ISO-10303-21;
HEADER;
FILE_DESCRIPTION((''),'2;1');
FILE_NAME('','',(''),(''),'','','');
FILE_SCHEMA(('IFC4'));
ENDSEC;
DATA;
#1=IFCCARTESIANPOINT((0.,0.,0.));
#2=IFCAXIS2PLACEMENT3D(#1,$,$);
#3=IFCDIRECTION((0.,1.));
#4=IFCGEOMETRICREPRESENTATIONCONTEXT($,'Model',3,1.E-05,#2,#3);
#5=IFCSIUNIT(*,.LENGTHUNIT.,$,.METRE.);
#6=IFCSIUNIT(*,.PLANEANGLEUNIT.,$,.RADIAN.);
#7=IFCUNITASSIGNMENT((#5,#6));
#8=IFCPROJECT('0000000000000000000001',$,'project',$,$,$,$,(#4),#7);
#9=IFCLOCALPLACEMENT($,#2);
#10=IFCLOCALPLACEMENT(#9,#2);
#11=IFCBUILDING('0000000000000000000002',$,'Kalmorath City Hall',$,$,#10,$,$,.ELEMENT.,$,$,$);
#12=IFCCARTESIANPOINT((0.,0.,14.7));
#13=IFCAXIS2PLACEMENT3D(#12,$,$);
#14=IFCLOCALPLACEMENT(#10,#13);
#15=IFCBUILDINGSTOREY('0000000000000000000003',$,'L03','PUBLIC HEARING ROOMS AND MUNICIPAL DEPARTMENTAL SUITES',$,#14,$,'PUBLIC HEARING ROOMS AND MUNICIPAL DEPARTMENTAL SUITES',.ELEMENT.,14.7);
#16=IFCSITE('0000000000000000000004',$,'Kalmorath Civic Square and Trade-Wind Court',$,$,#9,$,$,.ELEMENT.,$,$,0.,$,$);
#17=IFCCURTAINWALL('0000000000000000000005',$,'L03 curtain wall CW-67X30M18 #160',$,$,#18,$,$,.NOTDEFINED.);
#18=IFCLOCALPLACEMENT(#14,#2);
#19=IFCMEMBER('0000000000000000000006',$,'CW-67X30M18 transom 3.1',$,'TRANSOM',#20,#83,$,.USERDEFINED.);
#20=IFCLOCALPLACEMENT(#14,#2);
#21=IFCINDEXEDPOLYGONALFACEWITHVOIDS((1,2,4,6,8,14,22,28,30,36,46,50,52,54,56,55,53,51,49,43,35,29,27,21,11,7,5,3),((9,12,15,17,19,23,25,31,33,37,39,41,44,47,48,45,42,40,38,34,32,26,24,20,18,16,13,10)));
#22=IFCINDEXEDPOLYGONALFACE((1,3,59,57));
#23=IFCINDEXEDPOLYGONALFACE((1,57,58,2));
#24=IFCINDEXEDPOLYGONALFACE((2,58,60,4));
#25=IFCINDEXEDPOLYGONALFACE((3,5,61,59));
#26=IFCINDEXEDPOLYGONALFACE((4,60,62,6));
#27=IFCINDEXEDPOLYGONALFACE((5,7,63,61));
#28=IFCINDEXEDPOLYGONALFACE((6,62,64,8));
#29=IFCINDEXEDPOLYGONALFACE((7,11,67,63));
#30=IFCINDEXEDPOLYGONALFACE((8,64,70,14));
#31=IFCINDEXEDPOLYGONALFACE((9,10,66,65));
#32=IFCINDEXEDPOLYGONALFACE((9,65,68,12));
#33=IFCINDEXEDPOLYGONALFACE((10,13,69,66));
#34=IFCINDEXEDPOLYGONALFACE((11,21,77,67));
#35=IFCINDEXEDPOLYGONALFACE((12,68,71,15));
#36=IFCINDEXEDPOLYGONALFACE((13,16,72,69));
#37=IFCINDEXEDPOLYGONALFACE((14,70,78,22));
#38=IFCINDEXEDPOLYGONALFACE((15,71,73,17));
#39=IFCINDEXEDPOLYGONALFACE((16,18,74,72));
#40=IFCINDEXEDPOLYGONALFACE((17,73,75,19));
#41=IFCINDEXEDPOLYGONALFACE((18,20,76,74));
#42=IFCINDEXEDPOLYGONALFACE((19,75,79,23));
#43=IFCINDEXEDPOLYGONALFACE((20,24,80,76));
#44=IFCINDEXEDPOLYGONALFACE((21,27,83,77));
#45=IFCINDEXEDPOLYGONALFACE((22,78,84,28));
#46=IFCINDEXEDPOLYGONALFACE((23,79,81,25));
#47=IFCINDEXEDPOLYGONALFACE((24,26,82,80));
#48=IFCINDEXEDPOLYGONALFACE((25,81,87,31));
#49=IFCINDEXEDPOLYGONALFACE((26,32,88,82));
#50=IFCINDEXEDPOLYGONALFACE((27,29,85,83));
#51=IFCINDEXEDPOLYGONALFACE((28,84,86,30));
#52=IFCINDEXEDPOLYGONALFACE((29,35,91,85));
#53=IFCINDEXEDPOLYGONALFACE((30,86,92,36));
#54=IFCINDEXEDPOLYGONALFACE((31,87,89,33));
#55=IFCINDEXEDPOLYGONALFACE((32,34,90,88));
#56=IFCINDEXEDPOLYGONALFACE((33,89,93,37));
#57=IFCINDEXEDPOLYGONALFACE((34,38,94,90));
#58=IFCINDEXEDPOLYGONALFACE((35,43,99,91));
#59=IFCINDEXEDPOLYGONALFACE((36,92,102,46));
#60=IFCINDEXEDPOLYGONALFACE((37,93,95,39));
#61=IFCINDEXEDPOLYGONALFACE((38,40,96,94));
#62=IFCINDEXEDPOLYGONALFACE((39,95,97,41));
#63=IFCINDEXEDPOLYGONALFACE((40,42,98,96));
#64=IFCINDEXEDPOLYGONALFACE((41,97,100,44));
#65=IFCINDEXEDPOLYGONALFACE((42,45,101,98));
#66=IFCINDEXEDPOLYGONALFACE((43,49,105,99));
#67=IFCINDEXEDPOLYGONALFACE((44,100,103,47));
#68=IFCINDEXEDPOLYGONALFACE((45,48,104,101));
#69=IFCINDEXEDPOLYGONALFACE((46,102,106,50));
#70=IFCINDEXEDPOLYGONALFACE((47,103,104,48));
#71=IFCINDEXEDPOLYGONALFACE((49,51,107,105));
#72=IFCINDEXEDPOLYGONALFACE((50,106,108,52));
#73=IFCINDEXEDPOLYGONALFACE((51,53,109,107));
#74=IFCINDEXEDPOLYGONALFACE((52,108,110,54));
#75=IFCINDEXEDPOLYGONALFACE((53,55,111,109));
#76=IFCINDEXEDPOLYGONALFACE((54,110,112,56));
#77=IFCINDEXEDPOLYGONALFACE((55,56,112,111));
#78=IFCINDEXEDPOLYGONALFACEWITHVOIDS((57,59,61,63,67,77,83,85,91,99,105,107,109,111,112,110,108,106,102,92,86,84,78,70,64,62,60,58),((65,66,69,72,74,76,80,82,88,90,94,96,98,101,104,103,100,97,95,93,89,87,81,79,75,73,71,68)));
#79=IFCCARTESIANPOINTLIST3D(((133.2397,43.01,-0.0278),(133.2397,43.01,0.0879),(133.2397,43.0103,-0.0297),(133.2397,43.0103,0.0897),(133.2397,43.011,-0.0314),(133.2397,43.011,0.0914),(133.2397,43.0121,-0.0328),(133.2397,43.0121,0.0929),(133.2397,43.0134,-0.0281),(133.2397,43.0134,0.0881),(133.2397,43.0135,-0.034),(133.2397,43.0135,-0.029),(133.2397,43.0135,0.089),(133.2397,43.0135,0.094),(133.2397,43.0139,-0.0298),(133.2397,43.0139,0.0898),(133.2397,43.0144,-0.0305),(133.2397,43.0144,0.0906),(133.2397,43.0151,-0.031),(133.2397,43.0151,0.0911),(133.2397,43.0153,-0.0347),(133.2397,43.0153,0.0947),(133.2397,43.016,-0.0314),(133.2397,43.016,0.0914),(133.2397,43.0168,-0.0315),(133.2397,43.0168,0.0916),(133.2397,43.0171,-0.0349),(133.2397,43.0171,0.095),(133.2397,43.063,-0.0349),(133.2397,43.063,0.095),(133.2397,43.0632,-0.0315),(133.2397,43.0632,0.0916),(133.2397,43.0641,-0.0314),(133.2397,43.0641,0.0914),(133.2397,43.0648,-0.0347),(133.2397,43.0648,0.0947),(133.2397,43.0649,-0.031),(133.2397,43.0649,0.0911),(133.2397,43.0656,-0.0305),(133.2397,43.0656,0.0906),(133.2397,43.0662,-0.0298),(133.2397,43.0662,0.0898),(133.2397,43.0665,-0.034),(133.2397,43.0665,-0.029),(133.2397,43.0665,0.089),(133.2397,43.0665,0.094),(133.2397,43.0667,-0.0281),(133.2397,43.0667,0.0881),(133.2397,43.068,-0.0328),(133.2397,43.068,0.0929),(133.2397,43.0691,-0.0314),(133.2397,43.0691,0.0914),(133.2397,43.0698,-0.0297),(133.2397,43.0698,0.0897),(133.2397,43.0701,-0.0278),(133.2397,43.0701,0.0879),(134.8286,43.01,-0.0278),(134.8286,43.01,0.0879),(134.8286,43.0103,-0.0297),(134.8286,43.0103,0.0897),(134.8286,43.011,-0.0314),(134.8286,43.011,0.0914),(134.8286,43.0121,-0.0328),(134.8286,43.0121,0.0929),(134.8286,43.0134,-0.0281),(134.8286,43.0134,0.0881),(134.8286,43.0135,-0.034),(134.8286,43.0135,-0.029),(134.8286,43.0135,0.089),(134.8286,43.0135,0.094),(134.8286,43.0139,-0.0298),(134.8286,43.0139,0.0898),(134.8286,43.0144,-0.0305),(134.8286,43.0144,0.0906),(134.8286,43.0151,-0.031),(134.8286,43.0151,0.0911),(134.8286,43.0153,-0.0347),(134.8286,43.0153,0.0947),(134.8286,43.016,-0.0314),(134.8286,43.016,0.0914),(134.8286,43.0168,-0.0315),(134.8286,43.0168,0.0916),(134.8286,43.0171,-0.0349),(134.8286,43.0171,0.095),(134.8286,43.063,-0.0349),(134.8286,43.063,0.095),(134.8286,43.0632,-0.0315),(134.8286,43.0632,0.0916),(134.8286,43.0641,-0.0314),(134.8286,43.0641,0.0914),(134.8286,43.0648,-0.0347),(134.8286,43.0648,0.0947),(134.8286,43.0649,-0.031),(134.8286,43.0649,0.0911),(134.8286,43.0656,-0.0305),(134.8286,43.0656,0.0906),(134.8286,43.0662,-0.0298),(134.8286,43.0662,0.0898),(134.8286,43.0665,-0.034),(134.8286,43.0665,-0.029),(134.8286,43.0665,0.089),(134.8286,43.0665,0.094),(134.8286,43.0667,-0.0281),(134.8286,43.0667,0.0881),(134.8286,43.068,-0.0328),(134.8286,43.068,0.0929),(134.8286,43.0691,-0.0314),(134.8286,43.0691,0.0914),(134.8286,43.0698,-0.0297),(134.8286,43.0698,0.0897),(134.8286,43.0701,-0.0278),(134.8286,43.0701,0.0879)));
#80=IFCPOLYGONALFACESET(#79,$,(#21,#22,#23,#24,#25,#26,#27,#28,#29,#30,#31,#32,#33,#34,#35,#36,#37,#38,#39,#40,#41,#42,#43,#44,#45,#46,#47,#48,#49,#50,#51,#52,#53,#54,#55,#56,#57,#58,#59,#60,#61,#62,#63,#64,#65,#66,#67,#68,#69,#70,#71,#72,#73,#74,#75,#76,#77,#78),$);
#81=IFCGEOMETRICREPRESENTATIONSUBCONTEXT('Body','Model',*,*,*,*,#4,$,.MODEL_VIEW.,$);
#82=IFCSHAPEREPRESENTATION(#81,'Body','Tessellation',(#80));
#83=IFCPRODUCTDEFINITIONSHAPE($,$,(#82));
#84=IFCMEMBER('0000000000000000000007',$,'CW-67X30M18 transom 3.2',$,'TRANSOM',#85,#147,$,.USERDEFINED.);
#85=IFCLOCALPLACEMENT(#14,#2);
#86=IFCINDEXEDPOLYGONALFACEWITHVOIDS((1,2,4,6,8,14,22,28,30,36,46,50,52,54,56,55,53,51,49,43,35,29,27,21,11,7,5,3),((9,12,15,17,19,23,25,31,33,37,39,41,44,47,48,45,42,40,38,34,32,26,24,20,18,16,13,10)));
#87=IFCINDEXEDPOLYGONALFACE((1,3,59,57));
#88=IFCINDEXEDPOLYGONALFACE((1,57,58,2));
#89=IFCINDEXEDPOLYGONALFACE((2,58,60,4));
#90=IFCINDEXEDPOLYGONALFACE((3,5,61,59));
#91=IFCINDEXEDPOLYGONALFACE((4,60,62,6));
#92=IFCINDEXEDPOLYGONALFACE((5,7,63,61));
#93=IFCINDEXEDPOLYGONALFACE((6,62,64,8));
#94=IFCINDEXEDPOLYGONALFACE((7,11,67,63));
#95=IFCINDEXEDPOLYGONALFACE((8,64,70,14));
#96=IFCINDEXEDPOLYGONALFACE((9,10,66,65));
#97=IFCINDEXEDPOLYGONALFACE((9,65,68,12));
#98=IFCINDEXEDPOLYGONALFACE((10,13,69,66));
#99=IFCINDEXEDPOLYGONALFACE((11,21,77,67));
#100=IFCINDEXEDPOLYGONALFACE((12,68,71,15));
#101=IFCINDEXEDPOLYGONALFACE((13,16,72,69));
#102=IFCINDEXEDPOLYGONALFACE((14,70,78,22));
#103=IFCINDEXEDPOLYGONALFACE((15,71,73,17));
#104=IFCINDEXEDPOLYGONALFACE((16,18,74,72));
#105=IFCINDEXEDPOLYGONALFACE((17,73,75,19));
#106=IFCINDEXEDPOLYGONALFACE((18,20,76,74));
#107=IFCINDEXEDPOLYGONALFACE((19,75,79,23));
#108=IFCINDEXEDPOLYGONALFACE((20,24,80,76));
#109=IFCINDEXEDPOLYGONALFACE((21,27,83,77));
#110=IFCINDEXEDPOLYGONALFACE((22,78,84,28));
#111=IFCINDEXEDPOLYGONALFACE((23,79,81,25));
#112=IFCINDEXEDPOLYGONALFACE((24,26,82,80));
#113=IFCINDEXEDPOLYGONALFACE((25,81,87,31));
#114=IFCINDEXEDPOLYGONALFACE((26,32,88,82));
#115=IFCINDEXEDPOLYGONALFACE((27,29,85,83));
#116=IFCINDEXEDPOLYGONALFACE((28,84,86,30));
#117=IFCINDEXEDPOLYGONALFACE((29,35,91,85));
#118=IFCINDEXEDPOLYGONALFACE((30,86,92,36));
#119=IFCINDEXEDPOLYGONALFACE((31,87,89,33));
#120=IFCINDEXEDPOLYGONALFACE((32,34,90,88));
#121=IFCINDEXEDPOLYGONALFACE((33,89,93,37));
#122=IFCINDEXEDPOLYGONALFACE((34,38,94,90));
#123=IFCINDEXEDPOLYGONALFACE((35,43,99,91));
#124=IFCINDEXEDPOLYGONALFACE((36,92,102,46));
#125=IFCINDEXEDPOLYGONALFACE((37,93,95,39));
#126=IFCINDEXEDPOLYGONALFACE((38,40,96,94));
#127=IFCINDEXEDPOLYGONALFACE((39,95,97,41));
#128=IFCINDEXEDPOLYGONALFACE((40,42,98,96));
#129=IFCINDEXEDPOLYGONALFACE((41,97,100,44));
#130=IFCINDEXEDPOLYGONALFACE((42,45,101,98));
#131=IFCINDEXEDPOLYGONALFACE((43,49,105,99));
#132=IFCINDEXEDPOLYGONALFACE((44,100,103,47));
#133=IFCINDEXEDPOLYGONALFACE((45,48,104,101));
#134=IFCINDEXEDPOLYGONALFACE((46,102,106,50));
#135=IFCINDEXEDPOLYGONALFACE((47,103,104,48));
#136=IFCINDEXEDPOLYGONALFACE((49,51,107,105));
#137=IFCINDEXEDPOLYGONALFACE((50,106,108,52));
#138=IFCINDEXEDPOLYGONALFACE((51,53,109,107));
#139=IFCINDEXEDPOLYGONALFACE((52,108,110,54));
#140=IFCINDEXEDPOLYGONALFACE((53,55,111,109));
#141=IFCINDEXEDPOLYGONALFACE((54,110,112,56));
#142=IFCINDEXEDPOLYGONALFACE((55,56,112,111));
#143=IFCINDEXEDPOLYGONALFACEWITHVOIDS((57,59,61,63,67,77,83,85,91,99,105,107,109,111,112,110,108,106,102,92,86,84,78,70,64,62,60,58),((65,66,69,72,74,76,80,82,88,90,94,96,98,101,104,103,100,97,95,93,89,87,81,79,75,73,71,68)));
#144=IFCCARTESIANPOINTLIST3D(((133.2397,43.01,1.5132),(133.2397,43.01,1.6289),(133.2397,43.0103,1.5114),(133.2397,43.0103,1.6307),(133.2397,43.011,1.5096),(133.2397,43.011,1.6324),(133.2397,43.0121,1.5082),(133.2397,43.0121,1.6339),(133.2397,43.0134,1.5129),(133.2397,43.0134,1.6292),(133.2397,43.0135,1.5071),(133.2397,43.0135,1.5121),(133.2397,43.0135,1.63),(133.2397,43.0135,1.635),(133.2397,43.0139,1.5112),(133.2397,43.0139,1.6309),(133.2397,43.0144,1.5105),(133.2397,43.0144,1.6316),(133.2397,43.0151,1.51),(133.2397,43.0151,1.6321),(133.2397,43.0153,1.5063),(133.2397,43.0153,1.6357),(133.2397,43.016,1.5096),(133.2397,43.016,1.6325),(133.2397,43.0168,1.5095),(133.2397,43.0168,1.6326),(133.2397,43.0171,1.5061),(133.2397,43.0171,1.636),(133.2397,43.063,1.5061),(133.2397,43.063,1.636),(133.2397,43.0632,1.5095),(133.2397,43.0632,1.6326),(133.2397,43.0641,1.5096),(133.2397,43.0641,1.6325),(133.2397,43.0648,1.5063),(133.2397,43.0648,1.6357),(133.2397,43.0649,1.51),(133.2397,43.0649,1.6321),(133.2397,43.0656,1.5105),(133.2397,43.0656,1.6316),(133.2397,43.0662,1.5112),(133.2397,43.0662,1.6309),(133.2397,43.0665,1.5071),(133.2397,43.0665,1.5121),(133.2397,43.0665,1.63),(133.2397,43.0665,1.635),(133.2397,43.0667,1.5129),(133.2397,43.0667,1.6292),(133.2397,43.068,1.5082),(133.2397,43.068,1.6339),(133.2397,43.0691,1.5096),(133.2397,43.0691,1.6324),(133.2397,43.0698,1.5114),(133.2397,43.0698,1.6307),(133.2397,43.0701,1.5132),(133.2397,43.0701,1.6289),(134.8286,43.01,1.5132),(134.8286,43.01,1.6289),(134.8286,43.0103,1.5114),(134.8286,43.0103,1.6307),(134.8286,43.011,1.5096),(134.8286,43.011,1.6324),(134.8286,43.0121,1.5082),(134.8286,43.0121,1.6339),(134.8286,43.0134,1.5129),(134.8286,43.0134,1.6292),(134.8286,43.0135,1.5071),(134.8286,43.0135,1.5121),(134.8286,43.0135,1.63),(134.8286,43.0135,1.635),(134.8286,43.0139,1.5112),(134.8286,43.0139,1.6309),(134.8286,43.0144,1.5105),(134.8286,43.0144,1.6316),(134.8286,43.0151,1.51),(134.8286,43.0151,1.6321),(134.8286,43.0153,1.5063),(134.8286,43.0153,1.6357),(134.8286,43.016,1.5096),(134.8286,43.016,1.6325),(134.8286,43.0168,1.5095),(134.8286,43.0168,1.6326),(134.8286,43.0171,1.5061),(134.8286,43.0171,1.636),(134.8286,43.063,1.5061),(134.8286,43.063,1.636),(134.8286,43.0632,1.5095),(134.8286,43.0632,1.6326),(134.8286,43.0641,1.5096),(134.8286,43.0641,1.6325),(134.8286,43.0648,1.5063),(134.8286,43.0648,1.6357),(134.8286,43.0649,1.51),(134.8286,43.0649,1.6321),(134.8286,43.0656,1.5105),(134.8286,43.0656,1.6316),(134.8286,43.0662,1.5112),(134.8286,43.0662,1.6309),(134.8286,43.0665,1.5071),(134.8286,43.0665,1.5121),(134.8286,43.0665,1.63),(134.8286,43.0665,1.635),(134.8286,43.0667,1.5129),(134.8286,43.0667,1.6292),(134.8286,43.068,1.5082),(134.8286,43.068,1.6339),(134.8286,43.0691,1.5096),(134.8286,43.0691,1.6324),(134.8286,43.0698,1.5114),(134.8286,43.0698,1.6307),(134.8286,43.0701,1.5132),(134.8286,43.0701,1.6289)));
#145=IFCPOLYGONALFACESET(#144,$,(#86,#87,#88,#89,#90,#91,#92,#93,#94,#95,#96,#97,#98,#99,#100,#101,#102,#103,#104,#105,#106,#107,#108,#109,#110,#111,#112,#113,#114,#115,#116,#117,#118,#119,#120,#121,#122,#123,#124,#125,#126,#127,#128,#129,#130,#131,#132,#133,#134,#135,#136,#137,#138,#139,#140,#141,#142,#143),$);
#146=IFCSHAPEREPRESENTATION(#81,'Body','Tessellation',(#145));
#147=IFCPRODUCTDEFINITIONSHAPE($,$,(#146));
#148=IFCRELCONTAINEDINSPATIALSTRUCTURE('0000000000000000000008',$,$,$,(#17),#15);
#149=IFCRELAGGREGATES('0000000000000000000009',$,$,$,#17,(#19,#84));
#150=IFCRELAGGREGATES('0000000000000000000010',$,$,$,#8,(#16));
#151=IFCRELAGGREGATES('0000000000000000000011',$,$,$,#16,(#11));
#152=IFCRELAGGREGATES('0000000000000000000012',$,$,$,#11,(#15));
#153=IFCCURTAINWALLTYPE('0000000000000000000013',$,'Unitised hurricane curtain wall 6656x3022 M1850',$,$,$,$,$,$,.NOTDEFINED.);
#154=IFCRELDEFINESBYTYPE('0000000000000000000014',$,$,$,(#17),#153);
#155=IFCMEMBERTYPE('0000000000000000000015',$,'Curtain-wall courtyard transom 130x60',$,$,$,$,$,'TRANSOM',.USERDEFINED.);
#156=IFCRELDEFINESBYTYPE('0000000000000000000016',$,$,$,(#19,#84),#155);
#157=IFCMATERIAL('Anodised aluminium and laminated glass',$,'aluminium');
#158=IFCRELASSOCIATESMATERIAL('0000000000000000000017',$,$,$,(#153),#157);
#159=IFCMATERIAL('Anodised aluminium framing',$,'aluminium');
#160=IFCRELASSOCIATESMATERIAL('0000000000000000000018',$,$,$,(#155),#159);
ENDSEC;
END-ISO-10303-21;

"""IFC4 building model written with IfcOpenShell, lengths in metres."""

from ifc_helpers import new_model, si_unit, direction, frame, origin, origin_2d, place, context, subcontext, project, spatial, hollow_rectangle, extrude, material, material_profile, profile_set, type_object, element, aggregate, save


model = new_model("IFC4")

# Units and contexts
model_context = context("Model", 3, precision=1e-05, world=origin(), true_north=direction((0.0, 1.0)))
body_context = subcontext(model_context, "Body", "Model", "MODEL_VIEW")
ifc_project = project(units=[si_unit("LENGTHUNIT", "METRE"), si_unit("PLANEANGLEUNIT", "RADIAN")], contexts=[model_context])

# Site, building, storey
site_placement = place(None, origin())
site = spatial("IfcSite", under=ifc_project, at=site_placement, Name="Kalmorath Civic Square and Trade-Wind Court", CompositionType="ELEMENT", RefElevation=0.0)
building_placement = place(site_placement, origin())
building = spatial("IfcBuilding", under=site, at=building_placement, Name="Kalmorath City Hall", CompositionType="ELEMENT")
storey_placement = place(building_placement, frame((0.0, 0.0, 14.7)))
storey = spatial("IfcBuildingStorey", under=building, at=storey_placement, Name="L03", Description="PUBLIC HEARING ROOMS AND MUNICIPAL DEPARTMENTAL SUITES", LongName="PUBLIC HEARING ROOMS AND MUNICIPAL DEPARTMENTAL SUITES", CompositionType="ELEMENT", Elevation=14.7)

# Curtain wall, members
ifc_material_1 = material(Name="Anodised aluminium and laminated glass", Category="aluminium")
curtain_wall_type = type_object("IfcCurtainWallType", Name="Unitised hurricane curtain wall 6656x3022 M1850", PredefinedType="NOTDEFINED", material=ifc_material_1)
curtain_wall_placement = place(storey_placement, origin())
curtain_wall = element("IfcCurtainWall", 1, at=curtain_wall_placement, inside=storey, type_object=curtain_wall_type, Name="L03 curtain wall CW-67X30M18 #160", PredefinedType="NOTDEFINED")
ifc_material_2 = material(Name="Anodised aluminium framing", Category="aluminium")
ifc_material_profile_1 = material_profile(ifc_material_2, hollow_rectangle(XDim=0.0601, YDim=0.1299, WallThickness=0.0034, InnerFilletRadius=0.0034, OuterFilletRadius=0.0071, at=origin_2d()), Name="ALU-TRN-130X60X3.5")
ifc_profile_set_1 = profile_set([ifc_material_profile_1], Name="Anodised aluminium framing")
member_type_1 = type_object("IfcMemberType", Name="Curtain-wall courtyard transom 130x60", ElementType="TRANSOM", PredefinedType="USERDEFINED", material=ifc_profile_set_1)
member_1_placement = place(storey_placement, frame((133.2397, 43.04, 0.03), z_axis=(1.0, 0.0, 0.0), x_axis=(0.0, 1.0, 0.0)))
member_1 = element("IfcMember", 2, at=member_1_placement, type_object=member_type_1, Name="CW-67X30M18 transom 3.1", ObjectType="TRANSOM", PredefinedType="USERDEFINED", context=body_context, shape_type="SweptSolid", body=[
    extrude(hollow_rectangle(XDim=0.0601, YDim=0.1299, WallThickness=0.0034, InnerFilletRadius=0.0034, OuterFilletRadius=0.0071, at=origin_2d()), origin(), (0.0, 0.0, 1.0), 1.5889),
])
member_2_placement = place(storey_placement, frame((133.2397, 43.04, 1.571), z_axis=(1.0, 0.0, 0.0), x_axis=(0.0, 1.0, 0.0)))
member_2 = element("IfcMember", 3, at=member_2_placement, type_object=member_type_1, Name="CW-67X30M18 transom 3.2", ObjectType="TRANSOM", PredefinedType="USERDEFINED", context=body_context, shape_type="SweptSolid", body=[
    extrude(hollow_rectangle(XDim=0.0601, YDim=0.1299, WallThickness=0.0034, InnerFilletRadius=0.0034, OuterFilletRadius=0.0071, at=origin_2d()), origin(), (0.0, 0.0, 1.0), 1.5889),
])
aggregate(curtain_wall, [member_1, member_2])

save(model, "model.ifc")
